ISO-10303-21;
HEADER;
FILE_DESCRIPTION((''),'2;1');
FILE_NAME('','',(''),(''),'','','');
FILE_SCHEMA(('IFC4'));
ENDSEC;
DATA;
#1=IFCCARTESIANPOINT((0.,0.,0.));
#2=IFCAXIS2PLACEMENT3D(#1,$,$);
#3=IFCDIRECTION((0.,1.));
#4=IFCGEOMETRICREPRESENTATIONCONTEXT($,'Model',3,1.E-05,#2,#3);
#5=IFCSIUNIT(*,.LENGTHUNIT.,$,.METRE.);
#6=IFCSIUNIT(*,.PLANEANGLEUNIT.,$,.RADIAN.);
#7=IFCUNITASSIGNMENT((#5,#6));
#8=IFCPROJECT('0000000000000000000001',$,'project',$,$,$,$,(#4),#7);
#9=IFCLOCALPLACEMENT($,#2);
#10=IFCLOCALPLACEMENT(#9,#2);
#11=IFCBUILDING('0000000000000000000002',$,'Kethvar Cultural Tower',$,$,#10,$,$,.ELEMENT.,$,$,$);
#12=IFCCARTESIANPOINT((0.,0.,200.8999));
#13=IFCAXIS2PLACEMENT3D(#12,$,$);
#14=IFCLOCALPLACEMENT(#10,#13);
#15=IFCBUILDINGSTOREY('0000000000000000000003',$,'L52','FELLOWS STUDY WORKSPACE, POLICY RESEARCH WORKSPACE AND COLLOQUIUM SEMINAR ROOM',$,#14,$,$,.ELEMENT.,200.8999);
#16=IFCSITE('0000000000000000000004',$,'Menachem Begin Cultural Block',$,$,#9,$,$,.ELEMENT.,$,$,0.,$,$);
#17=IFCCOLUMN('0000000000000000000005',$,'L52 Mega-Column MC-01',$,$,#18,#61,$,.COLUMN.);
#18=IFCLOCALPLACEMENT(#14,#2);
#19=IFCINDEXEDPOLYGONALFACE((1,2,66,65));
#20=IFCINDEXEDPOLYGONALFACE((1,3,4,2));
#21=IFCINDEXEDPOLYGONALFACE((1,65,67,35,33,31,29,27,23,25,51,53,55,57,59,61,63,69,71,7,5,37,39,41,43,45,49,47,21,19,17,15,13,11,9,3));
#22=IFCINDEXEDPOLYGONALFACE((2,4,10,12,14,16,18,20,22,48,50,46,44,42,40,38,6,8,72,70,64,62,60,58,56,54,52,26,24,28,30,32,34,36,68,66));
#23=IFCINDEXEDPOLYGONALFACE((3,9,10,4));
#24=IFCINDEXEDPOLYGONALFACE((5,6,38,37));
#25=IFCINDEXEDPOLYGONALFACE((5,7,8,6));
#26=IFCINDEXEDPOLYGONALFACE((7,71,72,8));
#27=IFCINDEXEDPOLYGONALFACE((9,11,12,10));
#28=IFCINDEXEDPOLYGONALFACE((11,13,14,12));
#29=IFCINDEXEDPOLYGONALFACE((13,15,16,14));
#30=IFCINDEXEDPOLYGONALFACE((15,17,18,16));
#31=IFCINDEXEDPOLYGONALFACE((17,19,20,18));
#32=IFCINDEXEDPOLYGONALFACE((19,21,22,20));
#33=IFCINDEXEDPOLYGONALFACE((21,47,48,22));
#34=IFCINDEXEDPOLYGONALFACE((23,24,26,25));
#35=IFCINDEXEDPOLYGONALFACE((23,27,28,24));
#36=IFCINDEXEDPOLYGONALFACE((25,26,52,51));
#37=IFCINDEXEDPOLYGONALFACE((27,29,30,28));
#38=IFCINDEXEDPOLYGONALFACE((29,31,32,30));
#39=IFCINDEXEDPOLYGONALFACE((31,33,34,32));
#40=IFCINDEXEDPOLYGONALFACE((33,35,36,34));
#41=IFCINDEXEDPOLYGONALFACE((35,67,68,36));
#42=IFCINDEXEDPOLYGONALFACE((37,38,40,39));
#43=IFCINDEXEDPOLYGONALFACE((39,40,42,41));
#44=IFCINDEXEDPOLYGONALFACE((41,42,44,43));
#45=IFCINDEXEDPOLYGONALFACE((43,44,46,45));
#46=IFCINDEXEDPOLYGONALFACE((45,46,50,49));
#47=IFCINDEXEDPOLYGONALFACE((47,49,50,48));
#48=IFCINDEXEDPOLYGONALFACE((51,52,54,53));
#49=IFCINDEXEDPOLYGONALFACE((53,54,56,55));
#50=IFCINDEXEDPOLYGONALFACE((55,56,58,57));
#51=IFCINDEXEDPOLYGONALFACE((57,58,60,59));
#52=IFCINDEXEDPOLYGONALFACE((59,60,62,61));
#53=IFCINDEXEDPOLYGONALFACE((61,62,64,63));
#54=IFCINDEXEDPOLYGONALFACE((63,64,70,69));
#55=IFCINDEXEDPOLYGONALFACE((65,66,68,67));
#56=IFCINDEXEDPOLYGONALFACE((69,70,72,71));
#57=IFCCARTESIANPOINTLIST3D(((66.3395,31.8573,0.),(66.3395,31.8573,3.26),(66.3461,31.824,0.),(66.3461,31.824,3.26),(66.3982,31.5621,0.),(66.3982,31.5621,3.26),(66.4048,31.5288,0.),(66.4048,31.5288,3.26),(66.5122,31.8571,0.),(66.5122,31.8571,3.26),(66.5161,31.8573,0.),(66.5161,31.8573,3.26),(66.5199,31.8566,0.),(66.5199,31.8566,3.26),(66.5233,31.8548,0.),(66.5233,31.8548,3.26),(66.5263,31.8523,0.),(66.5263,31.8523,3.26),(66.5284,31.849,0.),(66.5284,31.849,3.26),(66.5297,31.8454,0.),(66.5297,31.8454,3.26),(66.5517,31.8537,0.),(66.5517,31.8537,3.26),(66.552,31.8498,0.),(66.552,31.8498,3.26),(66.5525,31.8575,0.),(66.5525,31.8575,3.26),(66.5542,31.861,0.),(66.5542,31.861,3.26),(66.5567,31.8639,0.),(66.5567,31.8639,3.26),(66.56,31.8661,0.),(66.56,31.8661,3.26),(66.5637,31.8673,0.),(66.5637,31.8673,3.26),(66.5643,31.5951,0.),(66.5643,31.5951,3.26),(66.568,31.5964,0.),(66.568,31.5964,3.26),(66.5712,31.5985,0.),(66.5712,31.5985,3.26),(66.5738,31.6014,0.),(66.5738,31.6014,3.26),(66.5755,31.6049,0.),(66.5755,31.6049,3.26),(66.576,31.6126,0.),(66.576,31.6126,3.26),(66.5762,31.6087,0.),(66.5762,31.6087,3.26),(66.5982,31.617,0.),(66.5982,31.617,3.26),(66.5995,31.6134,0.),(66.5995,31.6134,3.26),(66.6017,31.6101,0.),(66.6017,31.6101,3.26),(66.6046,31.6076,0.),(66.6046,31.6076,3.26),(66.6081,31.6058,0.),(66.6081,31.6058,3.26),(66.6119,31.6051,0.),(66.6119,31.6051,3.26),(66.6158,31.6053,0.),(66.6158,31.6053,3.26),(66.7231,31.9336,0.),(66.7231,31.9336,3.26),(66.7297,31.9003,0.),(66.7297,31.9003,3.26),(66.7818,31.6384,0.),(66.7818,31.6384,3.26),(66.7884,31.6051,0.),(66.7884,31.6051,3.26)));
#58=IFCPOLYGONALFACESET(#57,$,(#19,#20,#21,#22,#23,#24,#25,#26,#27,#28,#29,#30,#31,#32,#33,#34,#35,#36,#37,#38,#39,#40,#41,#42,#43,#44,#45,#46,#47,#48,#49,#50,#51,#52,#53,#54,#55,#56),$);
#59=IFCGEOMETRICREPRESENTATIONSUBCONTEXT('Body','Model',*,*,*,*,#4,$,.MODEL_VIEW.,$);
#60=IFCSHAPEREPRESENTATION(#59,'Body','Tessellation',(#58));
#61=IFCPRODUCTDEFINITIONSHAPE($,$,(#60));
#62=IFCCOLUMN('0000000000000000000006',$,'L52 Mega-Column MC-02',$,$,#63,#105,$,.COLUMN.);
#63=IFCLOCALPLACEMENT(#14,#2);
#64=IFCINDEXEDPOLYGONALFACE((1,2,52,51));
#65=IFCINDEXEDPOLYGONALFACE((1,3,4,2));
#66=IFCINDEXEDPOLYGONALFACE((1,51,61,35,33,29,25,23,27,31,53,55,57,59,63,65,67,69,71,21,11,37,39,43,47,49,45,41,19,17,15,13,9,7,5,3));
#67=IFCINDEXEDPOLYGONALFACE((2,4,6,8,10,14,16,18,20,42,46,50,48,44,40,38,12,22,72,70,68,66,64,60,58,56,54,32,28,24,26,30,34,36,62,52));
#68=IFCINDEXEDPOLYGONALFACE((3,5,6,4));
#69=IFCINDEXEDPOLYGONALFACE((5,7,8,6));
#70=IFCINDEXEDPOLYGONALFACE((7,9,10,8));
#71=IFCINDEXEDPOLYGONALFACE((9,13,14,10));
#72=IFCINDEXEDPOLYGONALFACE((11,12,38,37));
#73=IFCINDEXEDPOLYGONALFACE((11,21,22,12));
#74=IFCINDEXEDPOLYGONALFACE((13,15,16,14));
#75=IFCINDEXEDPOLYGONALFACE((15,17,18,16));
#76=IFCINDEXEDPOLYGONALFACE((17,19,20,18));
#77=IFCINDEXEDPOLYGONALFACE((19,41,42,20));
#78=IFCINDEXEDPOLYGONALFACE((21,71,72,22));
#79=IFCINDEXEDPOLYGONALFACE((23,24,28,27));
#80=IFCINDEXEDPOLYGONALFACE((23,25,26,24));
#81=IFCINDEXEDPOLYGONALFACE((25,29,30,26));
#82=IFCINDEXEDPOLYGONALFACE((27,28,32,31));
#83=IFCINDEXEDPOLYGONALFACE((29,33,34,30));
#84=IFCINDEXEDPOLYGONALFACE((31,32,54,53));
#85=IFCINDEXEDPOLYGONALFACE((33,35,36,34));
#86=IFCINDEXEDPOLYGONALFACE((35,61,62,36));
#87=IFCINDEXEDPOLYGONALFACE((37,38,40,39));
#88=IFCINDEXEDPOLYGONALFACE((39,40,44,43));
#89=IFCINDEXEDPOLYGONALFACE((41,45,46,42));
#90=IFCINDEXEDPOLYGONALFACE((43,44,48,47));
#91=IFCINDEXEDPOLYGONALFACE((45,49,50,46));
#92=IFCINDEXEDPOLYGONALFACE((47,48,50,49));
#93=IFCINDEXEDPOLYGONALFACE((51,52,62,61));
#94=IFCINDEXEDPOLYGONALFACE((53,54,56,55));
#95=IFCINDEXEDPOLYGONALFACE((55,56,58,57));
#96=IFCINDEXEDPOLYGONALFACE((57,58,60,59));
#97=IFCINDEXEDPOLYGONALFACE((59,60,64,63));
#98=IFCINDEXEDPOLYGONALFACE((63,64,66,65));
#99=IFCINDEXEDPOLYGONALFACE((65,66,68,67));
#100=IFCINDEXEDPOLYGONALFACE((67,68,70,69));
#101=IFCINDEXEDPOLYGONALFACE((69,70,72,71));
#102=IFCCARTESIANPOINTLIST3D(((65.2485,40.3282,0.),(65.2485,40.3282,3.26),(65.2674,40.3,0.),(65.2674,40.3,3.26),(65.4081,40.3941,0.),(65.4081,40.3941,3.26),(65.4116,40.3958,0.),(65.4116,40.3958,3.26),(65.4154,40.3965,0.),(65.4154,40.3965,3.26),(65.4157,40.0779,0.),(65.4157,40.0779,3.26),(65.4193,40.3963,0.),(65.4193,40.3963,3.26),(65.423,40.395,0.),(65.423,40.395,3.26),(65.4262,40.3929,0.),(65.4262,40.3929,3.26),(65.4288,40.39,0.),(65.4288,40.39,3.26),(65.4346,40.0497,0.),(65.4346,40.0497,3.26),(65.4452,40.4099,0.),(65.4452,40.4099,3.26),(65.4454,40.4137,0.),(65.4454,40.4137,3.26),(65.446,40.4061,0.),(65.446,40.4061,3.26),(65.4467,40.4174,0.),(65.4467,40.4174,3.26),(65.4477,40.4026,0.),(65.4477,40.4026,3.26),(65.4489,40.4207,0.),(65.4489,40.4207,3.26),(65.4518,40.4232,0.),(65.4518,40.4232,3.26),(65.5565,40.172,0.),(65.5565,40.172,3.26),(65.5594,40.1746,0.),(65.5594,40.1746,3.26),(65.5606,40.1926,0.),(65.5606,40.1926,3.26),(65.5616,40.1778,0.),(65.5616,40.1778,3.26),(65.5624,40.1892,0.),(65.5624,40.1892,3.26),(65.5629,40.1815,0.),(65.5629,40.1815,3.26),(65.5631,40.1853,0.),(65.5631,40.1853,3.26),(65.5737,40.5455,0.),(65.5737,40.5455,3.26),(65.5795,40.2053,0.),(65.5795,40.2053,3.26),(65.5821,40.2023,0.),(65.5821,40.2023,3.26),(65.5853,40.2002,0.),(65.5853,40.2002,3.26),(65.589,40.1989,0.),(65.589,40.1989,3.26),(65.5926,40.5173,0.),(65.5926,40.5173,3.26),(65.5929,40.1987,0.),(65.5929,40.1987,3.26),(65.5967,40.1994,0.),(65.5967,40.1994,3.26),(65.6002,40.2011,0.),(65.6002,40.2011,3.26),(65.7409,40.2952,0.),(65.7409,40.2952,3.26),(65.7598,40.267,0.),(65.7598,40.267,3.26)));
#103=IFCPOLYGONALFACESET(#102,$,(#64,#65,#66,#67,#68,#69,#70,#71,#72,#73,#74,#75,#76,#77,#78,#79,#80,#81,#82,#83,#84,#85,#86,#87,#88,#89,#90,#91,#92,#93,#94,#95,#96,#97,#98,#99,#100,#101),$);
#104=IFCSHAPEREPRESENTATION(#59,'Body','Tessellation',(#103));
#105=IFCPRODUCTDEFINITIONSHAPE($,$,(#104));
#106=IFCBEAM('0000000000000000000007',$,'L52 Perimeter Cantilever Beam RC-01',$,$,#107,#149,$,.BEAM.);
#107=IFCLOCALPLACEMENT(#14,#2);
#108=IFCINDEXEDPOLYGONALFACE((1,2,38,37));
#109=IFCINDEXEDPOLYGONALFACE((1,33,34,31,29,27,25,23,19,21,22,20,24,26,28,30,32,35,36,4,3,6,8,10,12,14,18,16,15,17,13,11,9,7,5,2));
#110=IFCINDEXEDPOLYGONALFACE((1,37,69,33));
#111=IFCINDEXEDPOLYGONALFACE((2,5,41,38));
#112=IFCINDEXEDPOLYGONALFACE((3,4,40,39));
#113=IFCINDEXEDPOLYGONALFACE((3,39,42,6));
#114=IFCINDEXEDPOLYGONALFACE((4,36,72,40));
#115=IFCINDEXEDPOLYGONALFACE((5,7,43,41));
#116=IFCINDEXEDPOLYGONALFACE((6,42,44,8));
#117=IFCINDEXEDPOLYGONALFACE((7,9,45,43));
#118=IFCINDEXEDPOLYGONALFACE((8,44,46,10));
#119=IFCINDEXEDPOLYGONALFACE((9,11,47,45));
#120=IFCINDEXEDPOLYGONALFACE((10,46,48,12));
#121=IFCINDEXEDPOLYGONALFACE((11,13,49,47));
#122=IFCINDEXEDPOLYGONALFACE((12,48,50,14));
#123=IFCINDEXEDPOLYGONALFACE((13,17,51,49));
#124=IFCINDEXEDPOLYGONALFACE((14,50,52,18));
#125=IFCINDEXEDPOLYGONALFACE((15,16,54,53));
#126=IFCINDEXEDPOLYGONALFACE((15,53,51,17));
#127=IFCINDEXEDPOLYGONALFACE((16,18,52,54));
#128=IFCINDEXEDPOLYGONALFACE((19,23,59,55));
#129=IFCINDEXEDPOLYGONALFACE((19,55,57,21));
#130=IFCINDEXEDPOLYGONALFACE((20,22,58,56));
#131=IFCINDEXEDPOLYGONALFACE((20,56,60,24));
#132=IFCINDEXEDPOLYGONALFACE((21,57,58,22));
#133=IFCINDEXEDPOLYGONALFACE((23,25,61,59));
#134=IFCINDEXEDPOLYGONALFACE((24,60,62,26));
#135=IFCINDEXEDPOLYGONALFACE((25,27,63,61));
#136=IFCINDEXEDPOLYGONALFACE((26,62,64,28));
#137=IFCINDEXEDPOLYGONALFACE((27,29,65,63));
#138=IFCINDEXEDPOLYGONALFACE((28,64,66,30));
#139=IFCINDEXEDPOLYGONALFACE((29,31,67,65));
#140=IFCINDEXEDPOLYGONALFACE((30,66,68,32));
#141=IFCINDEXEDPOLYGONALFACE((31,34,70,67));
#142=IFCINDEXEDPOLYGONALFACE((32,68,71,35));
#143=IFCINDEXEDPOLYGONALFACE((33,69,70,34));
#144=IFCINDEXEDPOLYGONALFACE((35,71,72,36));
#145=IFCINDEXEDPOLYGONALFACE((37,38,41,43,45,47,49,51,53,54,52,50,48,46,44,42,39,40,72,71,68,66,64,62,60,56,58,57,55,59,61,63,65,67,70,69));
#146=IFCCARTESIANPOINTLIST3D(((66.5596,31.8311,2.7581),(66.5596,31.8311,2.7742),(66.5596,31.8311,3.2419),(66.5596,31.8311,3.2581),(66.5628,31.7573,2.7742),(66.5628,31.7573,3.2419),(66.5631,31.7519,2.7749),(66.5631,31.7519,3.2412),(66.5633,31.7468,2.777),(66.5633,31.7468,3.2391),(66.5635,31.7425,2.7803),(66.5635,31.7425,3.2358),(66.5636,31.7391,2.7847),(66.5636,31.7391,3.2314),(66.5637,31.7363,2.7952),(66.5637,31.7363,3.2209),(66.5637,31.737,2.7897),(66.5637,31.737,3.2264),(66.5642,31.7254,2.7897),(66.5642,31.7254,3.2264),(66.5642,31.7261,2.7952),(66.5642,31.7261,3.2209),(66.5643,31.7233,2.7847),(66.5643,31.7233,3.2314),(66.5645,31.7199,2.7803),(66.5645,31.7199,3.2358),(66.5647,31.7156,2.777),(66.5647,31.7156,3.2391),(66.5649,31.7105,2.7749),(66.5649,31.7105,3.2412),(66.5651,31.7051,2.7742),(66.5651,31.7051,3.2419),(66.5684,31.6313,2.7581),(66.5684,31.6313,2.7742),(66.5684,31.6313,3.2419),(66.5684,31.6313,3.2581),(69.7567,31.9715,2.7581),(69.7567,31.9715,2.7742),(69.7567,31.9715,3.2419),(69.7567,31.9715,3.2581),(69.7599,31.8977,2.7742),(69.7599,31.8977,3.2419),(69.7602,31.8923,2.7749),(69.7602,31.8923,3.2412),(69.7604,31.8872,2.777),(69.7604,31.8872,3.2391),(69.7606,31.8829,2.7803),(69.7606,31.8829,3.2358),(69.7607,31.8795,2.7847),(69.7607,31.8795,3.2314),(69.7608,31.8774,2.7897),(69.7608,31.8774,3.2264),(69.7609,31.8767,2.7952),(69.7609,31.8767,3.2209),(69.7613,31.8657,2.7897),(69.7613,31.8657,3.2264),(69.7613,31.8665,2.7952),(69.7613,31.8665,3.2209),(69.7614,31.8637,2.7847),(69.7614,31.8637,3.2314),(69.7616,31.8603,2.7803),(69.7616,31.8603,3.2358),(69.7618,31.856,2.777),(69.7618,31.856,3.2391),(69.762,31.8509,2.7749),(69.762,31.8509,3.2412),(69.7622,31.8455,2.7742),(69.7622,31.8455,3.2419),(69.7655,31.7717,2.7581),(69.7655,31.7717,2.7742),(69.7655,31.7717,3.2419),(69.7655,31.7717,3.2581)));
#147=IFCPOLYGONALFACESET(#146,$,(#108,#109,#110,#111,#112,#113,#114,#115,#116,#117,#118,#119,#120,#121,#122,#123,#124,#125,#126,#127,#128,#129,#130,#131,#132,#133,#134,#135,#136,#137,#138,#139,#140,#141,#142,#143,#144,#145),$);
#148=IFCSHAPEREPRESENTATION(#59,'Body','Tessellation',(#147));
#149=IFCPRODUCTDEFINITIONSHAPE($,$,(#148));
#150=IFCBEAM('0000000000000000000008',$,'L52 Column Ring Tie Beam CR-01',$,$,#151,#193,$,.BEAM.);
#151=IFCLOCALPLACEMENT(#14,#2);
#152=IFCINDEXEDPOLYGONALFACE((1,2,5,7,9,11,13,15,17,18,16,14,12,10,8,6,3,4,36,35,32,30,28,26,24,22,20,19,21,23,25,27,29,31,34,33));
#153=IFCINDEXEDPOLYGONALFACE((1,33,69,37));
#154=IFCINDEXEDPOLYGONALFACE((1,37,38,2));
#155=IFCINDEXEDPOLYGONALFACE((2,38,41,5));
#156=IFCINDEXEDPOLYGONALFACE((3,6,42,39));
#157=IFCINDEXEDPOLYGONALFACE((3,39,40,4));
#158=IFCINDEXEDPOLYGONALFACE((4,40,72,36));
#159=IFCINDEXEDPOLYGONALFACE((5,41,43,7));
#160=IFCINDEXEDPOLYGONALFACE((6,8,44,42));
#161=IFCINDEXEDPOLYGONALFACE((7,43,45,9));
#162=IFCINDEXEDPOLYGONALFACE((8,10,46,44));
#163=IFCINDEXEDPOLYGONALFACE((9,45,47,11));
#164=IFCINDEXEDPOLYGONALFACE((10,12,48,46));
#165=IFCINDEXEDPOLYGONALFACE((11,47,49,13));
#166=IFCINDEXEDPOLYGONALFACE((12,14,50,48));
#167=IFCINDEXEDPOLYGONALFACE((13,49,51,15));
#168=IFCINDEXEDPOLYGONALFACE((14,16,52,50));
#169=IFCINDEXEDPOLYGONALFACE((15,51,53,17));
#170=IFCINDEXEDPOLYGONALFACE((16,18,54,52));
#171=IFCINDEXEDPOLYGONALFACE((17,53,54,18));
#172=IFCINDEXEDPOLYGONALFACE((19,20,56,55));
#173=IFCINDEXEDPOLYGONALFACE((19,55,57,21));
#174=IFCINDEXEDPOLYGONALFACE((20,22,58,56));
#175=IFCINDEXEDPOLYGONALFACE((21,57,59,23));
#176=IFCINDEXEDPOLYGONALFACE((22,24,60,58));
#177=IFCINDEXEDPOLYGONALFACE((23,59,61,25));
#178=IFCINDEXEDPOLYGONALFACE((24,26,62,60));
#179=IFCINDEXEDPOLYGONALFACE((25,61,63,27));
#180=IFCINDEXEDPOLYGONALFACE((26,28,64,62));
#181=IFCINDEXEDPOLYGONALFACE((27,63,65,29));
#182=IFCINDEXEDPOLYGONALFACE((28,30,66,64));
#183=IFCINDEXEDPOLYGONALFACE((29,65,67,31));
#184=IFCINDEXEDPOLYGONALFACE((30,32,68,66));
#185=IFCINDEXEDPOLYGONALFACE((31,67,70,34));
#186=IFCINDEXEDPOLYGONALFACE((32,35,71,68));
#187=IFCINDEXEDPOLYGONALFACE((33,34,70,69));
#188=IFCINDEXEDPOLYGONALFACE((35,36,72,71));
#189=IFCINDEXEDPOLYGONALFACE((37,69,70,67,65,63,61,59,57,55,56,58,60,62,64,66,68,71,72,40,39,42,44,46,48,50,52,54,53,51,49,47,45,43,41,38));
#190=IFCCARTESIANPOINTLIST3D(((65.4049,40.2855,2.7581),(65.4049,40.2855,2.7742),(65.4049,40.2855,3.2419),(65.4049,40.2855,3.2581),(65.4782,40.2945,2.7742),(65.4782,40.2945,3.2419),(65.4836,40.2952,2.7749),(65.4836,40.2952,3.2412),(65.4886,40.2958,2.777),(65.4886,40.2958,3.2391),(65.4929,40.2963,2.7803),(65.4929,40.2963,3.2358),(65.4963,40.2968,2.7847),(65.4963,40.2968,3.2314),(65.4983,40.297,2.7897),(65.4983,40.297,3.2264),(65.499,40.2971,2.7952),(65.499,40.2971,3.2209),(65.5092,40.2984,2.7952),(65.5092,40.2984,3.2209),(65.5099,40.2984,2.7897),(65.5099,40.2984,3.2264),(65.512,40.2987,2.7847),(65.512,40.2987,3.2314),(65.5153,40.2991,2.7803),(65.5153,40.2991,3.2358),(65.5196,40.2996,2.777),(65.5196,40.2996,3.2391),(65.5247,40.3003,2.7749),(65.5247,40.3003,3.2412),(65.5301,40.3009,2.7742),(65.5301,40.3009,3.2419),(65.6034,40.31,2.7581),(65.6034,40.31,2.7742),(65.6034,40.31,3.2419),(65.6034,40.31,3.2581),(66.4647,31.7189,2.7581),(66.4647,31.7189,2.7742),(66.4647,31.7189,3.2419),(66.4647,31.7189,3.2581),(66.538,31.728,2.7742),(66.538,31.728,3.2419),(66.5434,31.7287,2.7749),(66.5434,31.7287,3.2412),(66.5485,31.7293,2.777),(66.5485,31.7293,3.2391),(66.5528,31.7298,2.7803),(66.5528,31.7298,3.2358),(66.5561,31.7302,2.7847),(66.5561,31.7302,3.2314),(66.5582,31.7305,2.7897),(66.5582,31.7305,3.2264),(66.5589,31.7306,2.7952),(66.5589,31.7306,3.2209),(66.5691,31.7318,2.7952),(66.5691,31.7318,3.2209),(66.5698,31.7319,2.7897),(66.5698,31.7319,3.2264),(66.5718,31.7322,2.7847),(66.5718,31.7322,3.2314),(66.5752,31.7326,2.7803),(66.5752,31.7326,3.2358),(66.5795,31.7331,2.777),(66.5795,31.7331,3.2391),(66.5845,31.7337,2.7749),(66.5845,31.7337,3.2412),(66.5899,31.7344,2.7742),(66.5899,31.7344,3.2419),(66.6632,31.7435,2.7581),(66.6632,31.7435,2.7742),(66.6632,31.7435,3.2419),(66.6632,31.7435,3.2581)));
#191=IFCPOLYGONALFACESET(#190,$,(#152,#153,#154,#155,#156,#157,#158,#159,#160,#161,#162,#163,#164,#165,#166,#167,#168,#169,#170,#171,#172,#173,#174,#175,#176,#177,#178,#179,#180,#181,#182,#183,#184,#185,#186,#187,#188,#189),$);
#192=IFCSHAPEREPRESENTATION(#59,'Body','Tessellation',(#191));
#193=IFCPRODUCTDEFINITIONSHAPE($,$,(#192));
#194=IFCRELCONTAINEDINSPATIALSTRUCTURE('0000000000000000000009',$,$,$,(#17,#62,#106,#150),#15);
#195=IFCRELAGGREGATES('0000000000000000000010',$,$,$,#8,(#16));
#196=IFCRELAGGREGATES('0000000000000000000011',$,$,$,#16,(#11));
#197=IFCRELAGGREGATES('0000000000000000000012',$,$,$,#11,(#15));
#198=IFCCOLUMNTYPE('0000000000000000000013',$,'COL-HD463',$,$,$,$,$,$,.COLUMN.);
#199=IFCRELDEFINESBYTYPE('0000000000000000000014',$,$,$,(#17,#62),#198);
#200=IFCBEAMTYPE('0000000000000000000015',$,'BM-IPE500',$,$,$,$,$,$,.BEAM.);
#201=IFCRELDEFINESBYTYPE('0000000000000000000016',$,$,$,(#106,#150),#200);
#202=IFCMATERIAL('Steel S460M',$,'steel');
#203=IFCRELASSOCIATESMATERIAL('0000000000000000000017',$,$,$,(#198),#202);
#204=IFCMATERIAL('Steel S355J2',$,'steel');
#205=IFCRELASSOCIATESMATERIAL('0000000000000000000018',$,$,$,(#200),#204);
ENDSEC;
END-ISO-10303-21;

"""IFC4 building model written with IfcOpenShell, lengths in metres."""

from ifc_helpers import new_model, si_unit, direction, frame, origin, origin_2d, place, context, subcontext, project, spatial, i_section, extrude, source, transform, mapped, material, material_profile, profile_set, type_object, element, save


model = new_model("IFC4")

# Units and contexts
model_context = context("Model", 3, precision=1e-05, world=origin(), true_north=direction((0.0, 1.0)))
body_context = subcontext(model_context, "Body", "Model", "MODEL_VIEW")
ifc_project = project(units=[si_unit("LENGTHUNIT", "METRE"), si_unit("PLANEANGLEUNIT", "RADIAN")], contexts=[model_context])

# Site, building, storey
site_placement = place(None, origin())
site = spatial("IfcSite", under=ifc_project, at=site_placement, Name="Menachem Begin Cultural Block", CompositionType="ELEMENT", RefElevation=0.0)
building_placement = place(site_placement, origin())
building = spatial("IfcBuilding", under=site, at=building_placement, Name="Kethvar Cultural Tower", CompositionType="ELEMENT")
storey_placement = place(building_placement, frame((0.0, 0.0, 200.8999)))
storey = spatial("IfcBuildingStorey", under=building, at=storey_placement, Name="L52", Description="FELLOWS STUDY WORKSPACE, POLICY RESEARCH WORKSPACE AND COLLOQUIUM SEMINAR ROOM", CompositionType="ELEMENT", Elevation=200.8999)

# Columns
ifc_material_1 = material(Name="Steel S460M", Category="steel")
ifc_material_profile_1 = material_profile(ifc_material_1, i_section(OverallWidth=0.3911, OverallDepth=0.335, WebThickness=0.0227, FlangeThickness=0.0339, FilletRadius=0.0149, at=origin_2d()), Name="Steel S460M — HD400x463")
ifc_profile_set_1 = profile_set([ifc_material_profile_1], Name="Steel S460M — HD400x463")
column_type = type_object("IfcColumnType", Name="COL-HD463", PredefinedType="COLUMN", material=ifc_profile_set_1)
shared_shape_1 = source(origin(), body_context, "Body", "SweptSolid", [
    extrude(i_section(OverallWidth=0.3911, OverallDepth=0.335, WebThickness=0.0227, FlangeThickness=0.0339, FilletRadius=0.0149, at=origin_2d()), origin(), (0.0, 0.0, 1.0), 3.26),
])
for number, where, z_axis, x_axis, name in (
    (1, (66.564, 31.7312, 0.0), (0.0, 0.0, 1.0), (0.980785, 0.19509, 0.0), "L52 Mega-Column MC-01"),
    (2, (65.5042, 40.2976, 0.0), (0.0, 0.0, 1.0), (0.83147, 0.55557, 0.0), "L52 Mega-Column MC-02"),
):
    element("IfcColumn", number, at=place(storey_placement, frame(where, z_axis=z_axis, x_axis=x_axis)), inside=storey, type_object=column_type, Name=name, PredefinedType="COLUMN", context=body_context, shape_type="MappedRepresentation", body=[
        mapped(shared_shape_1, transform((0.0, 0.0, 0.0), scale=1.0)),
    ])

# Beams
ifc_material_2 = material(Name="Steel S355J2", Category="steel")
ifc_material_profile_2 = material_profile(ifc_material_2, i_section(OverallWidth=0.2, OverallDepth=0.5, WebThickness=0.0103, FlangeThickness=0.0161, FilletRadius=0.021, at=origin_2d()), Name="Steel S355J2 — IPE500")
ifc_profile_set_2 = profile_set([ifc_material_profile_2], Name="Steel S355J2 — IPE500")
beam_type_1 = type_object("IfcBeamType", Name="BM-IPE500", PredefinedType="BEAM", material=ifc_profile_set_2)
shared_shape_2 = source(origin(), body_context, "Body", "SweptSolid", [
    extrude(i_section(OverallWidth=0.2, OverallDepth=0.5, WebThickness=0.0103, FlangeThickness=0.0161, FilletRadius=0.021, at=origin_2d()), origin(), (0.0, 0.0, 1.0), 3.2002),
])
beam_1_placement = place(storey_placement, frame((66.564, 31.7312, 3.0081), z_axis=(0.999037, 0.043868, 0.0), x_axis=(-0.043868, 0.999037, 0.0)))
element("IfcBeam", 3, at=beam_1_placement, inside=storey, type_object=beam_type_1, Name="L52 Perimeter Cantilever Beam RC-01", PredefinedType="BEAM", context=body_context, shape_type="MappedRepresentation", body=[
    mapped(shared_shape_2, transform((0.0, 0.0, 0.0), scale=1.0)),
])
shared_shape_3 = source(origin(), body_context, "Body", "SweptSolid", [
    extrude(i_section(OverallWidth=0.2, OverallDepth=0.5, WebThickness=0.0103, FlangeThickness=0.0161, FilletRadius=0.021, at=origin_2d()), origin(), (0.0, 0.0, 1.0), 8.6318),
])
beam_2_placement = place(storey_placement, frame((66.564, 31.7312, 3.0081), z_axis=(-0.122781, 0.992434, 0.0), x_axis=(-0.992434, -0.122781, 0.0)))
element("IfcBeam", 4, at=beam_2_placement, inside=storey, type_object=beam_type_1, Name="L52 Column Ring Tie Beam CR-01", PredefinedType="BEAM", context=body_context, shape_type="MappedRepresentation", body=[
    mapped(shared_shape_3, transform((0.0, 0.0, 0.0), scale=1.0)),
])

save(model, "model.ifc")
